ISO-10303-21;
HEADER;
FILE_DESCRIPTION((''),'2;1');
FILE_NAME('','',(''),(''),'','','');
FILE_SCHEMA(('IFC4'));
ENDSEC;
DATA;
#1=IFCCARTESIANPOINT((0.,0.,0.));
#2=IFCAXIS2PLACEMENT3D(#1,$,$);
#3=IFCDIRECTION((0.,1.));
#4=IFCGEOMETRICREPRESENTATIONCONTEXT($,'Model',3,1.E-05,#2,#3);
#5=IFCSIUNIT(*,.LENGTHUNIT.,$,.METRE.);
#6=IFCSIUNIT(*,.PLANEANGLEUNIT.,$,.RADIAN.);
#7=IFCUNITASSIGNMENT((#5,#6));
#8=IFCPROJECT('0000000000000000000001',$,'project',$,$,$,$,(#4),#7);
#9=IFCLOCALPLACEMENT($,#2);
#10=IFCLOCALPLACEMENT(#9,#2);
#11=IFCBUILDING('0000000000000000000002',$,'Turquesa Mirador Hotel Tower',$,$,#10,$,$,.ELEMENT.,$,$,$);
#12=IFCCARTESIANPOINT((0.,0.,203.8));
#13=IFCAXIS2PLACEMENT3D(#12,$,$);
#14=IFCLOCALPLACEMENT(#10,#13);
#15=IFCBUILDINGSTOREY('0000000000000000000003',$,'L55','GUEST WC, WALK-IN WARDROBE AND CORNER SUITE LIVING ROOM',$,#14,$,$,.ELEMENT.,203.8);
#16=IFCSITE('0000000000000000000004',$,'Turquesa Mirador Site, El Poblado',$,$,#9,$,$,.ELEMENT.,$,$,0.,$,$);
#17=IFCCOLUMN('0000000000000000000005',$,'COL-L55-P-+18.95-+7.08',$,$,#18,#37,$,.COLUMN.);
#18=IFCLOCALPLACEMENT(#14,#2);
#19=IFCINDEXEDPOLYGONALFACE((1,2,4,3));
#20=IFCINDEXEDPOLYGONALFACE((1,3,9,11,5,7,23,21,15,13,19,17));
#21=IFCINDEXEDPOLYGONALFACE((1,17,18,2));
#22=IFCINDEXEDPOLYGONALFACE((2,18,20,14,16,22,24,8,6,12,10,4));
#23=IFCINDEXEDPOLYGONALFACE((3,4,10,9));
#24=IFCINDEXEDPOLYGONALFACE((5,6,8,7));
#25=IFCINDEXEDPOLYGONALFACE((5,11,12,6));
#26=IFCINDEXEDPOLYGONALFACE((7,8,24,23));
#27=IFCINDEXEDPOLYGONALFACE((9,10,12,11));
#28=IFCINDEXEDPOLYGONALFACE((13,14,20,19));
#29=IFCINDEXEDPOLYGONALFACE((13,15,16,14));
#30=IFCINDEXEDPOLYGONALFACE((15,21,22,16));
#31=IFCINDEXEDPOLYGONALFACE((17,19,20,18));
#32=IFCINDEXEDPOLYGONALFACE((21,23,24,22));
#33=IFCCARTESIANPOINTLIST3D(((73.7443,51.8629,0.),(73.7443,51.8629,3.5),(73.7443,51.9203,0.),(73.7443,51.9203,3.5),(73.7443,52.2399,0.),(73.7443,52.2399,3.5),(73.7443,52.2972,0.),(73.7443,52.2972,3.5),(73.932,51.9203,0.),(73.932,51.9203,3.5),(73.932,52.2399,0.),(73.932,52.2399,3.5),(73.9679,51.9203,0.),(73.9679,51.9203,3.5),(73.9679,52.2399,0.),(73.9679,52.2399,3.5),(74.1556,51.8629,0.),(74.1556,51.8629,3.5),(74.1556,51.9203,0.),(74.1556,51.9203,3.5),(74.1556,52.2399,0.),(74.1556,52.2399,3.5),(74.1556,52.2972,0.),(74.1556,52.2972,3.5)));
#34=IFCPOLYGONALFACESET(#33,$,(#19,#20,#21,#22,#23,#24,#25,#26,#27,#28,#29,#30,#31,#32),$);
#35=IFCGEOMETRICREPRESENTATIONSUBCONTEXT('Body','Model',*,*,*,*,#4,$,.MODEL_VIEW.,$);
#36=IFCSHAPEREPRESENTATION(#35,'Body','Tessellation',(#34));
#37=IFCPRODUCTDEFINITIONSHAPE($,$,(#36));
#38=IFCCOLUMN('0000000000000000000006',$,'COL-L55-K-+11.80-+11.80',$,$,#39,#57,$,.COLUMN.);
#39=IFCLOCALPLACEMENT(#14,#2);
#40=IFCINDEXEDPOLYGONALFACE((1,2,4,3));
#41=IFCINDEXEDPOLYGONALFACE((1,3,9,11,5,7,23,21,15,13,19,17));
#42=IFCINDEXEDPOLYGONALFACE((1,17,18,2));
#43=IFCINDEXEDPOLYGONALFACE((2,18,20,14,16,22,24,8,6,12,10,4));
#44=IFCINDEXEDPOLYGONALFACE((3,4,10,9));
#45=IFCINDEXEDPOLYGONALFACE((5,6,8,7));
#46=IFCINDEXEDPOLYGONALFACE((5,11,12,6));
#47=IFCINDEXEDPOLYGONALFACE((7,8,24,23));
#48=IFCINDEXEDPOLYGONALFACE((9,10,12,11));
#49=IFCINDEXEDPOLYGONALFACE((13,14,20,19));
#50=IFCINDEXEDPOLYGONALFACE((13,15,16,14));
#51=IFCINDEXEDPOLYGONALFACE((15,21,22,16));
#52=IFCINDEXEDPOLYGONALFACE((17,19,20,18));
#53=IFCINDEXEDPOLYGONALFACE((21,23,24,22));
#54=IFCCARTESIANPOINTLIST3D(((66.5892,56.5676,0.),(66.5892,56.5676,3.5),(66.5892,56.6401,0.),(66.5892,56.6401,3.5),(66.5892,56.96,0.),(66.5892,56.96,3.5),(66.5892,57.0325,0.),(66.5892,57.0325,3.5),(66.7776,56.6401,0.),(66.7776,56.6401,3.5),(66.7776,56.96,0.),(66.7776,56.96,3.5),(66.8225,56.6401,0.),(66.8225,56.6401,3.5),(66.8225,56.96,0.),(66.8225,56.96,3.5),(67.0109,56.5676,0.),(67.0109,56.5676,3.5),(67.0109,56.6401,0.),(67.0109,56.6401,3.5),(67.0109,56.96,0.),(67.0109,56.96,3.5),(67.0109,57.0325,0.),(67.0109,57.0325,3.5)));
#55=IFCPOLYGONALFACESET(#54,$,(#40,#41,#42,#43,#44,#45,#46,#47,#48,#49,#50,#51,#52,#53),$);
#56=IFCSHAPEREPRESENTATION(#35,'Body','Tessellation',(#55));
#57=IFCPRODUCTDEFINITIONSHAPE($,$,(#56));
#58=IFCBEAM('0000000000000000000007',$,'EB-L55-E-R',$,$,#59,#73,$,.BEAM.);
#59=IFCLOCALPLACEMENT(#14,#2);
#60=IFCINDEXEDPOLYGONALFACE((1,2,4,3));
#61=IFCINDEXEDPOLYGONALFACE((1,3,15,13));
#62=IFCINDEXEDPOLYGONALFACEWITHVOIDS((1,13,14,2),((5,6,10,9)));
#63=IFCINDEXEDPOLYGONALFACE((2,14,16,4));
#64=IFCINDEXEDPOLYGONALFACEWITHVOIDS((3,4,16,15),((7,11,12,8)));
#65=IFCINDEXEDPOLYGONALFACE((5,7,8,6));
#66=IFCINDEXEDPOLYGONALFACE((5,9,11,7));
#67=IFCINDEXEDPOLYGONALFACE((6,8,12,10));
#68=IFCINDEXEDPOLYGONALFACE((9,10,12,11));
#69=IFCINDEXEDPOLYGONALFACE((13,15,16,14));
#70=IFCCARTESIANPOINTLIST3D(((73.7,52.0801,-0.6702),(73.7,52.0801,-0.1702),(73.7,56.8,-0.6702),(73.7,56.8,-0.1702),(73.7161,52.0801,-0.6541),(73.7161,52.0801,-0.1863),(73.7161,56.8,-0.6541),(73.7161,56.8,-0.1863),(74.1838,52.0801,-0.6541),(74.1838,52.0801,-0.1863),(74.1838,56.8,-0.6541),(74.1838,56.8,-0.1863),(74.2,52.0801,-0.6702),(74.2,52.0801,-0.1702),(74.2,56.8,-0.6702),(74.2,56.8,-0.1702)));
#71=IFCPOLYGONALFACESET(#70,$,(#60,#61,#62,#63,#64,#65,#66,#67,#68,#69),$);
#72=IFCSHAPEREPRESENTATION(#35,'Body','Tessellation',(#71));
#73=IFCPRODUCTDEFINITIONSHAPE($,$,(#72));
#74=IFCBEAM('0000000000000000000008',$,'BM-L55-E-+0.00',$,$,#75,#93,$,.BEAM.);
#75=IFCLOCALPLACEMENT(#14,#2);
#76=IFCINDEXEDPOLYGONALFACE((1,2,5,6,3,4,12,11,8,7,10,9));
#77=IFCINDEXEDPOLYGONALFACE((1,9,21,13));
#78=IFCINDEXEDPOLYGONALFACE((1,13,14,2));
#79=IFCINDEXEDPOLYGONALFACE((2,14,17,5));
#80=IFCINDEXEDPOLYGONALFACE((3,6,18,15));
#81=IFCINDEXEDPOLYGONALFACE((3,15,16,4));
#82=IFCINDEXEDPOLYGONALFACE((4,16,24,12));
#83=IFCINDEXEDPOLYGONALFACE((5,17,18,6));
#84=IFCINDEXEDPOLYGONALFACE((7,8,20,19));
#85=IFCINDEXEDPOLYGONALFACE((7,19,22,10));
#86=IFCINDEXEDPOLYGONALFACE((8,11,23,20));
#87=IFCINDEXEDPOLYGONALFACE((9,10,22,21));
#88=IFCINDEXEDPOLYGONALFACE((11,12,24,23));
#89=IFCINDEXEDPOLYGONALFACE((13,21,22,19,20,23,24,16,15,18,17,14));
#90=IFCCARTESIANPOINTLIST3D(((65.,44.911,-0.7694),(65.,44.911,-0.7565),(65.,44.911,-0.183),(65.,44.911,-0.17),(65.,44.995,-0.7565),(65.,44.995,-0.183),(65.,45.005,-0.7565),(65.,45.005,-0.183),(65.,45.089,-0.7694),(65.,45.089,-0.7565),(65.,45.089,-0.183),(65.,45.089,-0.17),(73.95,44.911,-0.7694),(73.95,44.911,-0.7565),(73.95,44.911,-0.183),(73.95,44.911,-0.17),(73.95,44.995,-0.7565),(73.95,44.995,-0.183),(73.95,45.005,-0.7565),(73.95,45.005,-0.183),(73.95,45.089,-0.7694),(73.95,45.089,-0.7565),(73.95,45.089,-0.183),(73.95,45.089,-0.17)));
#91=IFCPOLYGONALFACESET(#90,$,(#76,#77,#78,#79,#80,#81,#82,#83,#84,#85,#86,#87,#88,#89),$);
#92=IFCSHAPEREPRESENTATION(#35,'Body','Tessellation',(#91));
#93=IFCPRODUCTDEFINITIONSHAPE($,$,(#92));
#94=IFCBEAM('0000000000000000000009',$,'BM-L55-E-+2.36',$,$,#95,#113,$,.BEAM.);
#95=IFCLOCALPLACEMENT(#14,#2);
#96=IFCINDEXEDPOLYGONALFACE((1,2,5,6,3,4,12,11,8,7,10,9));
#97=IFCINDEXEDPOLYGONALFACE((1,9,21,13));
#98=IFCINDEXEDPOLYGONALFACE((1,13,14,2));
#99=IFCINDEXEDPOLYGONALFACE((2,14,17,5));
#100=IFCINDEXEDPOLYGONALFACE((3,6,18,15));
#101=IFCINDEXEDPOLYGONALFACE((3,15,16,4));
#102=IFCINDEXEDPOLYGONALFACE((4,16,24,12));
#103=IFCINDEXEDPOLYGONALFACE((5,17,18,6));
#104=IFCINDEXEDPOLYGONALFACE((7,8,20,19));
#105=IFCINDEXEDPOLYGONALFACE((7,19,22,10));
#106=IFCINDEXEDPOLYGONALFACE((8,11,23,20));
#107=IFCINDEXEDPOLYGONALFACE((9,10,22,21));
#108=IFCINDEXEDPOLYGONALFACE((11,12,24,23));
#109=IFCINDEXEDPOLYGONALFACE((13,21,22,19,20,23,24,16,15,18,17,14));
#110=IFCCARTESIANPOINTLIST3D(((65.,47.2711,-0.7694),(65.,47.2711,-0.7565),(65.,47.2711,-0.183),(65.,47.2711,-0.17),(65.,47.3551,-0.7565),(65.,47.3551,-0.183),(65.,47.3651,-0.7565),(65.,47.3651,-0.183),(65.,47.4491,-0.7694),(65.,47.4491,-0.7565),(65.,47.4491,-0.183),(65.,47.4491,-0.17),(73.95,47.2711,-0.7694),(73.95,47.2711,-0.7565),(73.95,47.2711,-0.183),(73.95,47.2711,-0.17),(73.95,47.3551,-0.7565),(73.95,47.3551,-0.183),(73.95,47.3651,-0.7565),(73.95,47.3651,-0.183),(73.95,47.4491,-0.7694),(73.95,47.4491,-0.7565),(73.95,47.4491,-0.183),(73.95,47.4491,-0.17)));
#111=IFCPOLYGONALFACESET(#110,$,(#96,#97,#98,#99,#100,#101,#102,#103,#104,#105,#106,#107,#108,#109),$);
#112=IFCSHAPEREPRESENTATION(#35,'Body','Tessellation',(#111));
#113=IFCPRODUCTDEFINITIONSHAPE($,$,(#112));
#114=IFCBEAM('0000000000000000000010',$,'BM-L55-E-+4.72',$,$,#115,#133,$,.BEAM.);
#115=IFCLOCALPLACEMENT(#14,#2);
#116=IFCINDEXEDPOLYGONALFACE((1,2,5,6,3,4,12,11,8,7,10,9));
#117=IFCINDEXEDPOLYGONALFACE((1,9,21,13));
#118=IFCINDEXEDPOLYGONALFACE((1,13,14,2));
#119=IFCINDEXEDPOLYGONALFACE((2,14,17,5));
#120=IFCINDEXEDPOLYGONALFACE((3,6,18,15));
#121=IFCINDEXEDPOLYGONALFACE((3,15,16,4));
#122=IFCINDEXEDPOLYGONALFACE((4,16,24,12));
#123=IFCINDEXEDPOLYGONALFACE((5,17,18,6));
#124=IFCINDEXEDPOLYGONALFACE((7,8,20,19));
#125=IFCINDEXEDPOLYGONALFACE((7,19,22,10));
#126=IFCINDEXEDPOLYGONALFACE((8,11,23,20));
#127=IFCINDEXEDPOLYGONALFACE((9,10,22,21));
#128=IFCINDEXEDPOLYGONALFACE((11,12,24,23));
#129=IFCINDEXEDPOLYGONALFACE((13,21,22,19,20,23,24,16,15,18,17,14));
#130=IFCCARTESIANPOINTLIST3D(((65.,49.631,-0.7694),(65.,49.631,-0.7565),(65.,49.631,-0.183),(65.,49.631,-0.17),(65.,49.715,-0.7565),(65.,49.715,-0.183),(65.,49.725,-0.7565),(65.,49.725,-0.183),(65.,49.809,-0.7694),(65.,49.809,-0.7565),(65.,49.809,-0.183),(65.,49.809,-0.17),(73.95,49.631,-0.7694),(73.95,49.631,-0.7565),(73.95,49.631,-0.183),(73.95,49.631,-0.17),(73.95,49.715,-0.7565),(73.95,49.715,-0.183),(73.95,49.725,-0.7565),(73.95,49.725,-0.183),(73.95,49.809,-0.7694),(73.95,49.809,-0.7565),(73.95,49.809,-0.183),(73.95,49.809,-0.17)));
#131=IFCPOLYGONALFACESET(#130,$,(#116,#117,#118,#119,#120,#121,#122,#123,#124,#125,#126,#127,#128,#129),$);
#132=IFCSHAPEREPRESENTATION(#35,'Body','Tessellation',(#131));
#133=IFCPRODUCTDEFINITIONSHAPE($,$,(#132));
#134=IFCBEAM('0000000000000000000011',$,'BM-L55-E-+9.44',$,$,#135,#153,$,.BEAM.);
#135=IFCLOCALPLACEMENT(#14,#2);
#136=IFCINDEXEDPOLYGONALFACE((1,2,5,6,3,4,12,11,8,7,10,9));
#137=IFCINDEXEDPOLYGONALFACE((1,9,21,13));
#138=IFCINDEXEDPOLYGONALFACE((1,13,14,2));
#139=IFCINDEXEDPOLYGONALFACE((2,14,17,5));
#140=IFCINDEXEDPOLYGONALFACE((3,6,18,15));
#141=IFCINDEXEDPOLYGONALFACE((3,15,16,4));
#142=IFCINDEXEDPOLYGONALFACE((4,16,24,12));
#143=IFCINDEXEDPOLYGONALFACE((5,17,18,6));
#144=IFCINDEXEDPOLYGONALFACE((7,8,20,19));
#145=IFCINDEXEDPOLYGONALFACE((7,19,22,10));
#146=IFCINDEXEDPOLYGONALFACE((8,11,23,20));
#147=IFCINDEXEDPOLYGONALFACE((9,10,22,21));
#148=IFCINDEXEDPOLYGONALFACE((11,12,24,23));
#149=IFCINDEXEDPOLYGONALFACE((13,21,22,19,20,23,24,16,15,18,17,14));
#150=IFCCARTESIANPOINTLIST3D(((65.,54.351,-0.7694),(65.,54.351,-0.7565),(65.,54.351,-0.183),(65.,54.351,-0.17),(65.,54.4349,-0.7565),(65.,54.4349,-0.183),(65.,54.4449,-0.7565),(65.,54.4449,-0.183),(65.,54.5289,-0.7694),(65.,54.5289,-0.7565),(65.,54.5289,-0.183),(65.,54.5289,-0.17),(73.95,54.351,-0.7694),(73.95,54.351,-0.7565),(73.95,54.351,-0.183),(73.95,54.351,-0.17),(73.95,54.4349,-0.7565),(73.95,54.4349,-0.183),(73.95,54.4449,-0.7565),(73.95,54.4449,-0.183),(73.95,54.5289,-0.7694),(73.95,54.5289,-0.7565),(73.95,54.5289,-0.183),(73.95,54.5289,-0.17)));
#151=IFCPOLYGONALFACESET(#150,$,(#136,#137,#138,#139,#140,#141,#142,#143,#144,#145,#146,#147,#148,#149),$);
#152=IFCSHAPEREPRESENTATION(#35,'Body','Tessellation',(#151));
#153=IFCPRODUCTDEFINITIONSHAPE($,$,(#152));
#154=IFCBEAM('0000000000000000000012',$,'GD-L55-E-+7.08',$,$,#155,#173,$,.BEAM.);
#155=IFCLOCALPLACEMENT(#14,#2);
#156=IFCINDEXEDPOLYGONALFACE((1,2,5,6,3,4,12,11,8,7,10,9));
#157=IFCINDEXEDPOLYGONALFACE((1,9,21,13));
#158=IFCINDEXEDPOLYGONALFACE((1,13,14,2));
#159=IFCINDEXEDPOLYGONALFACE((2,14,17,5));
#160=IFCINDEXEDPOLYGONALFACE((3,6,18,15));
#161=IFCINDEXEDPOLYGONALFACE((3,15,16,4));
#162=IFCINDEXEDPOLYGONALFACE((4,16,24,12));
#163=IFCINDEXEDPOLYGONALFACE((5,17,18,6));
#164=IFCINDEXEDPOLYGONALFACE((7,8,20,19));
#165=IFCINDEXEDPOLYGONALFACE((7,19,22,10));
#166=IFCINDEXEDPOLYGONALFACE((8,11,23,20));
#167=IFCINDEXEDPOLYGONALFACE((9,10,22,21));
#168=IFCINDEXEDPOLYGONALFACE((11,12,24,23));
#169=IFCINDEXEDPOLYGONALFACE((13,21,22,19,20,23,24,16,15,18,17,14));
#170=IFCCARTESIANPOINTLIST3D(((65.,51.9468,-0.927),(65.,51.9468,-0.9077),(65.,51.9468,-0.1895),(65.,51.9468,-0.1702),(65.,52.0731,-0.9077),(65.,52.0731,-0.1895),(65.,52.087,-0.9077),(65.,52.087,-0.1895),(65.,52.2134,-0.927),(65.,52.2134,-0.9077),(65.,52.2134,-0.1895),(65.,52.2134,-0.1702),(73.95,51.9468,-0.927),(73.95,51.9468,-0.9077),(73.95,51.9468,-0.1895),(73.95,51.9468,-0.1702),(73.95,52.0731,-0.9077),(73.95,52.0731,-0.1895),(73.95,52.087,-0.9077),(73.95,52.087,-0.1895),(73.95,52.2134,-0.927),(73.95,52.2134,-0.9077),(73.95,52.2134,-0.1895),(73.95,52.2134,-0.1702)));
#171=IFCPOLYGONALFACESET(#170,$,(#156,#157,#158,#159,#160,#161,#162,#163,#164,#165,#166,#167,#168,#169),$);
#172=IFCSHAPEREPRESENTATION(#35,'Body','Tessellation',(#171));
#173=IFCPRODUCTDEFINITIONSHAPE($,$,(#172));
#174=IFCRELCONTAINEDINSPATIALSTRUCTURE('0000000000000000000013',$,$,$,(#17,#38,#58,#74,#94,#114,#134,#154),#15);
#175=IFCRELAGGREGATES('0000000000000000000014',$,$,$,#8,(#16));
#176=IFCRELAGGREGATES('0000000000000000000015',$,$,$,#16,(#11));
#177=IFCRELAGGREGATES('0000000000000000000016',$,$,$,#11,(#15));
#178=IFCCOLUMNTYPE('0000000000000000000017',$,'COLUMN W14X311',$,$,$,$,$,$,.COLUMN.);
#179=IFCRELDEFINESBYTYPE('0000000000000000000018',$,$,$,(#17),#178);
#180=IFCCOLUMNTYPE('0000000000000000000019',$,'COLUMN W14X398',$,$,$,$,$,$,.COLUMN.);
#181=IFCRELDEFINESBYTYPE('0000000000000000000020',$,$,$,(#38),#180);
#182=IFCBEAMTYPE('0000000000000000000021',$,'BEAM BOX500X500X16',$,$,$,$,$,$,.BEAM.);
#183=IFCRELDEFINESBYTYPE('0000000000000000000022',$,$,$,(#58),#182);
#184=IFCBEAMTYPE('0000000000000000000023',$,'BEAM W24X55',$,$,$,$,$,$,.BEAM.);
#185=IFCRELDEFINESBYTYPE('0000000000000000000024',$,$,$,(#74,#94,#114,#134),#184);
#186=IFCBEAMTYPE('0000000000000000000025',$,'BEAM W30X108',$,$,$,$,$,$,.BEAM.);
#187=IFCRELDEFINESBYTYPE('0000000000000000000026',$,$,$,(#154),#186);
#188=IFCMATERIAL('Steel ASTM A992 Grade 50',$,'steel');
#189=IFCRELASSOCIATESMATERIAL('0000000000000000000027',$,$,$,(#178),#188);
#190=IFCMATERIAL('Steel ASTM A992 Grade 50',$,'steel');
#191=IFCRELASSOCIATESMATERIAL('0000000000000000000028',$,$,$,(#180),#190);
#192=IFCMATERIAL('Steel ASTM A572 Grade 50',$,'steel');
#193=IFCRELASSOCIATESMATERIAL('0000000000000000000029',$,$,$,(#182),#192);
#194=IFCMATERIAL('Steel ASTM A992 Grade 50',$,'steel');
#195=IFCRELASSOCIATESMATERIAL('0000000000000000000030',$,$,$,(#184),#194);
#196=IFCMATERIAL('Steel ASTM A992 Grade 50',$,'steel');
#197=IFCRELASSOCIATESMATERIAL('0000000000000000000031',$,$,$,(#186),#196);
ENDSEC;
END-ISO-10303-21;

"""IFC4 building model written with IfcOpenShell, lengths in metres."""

from ifc_helpers import new_model, si_unit, direction, frame, origin, origin_2d, place, context, subcontext, project, spatial, hollow_rectangle, i_section, extrude, material, material_profile, profile_set, type_object, element, save


model = new_model("IFC4")

# Units and contexts
model_context = context("Model", 3, precision=1e-05, world=origin(), true_north=direction((0.0, 1.0)))
body_context = subcontext(model_context, "Body", "Model", "MODEL_VIEW")
ifc_project = project(units=[si_unit("LENGTHUNIT", "METRE"), si_unit("PLANEANGLEUNIT", "RADIAN")], contexts=[model_context])

# Site, building, storey
site_placement = place(None, origin())
site = spatial("IfcSite", under=ifc_project, at=site_placement, Name="Turquesa Mirador Site, El Poblado", CompositionType="ELEMENT", RefElevation=0.0)
building_placement = place(site_placement, origin())
building = spatial("IfcBuilding", under=site, at=building_placement, Name="Turquesa Mirador Hotel Tower", CompositionType="ELEMENT")
storey_placement = place(building_placement, frame((0.0, 0.0, 203.8)))
storey = spatial("IfcBuildingStorey", under=building, at=storey_placement, Name="L55", Description="GUEST WC, WALK-IN WARDROBE AND CORNER SUITE LIVING ROOM", CompositionType="ELEMENT", Elevation=203.8)

# Columns
ifc_material_1 = material(Name="Steel ASTM A992 Grade 50", Category="steel")
ifc_material_profile_1 = material_profile(ifc_material_1, i_section(OverallWidth=0.4114, OverallDepth=0.4343, WebThickness=0.0359, FlangeThickness=0.0574, at=origin_2d()), Name="W14X311")
ifc_profile_set_1 = profile_set([ifc_material_profile_1], Name="Steel ASTM A992 Grade 50")
column_type_1 = type_object("IfcColumnType", Name="COLUMN W14X311", PredefinedType="COLUMN", material=ifc_profile_set_1)
column_1_placement = place(storey_placement, frame((73.95, 52.0801, 0.0), z_axis=(0.0, 0.0, 1.0), x_axis=(1.0, 0.0, 0.0)))
element("IfcColumn", 1, at=column_1_placement, inside=storey, type_object=column_type_1, Name="COL-L55-P-+18.95-+7.08", PredefinedType="COLUMN", context=body_context, shape_type="SweptSolid", body=[
    extrude(i_section(OverallWidth=0.4114, OverallDepth=0.4343, WebThickness=0.0359, FlangeThickness=0.0574, at=origin_2d()), origin(), (0.0, 0.0, 1.0), 3.5),
])
ifc_material_2 = material(Name="Steel ASTM A992 Grade 50", Category="steel")
ifc_material_profile_2 = material_profile(ifc_material_2, i_section(OverallWidth=0.4216, OverallDepth=0.4648, WebThickness=0.0449, FlangeThickness=0.0725, at=origin_2d()), Name="W14X398")
ifc_profile_set_2 = profile_set([ifc_material_profile_2], Name="Steel ASTM A992 Grade 50")
column_type_2 = type_object("IfcColumnType", Name="COLUMN W14X398", PredefinedType="COLUMN", material=ifc_profile_set_2)
column_2_placement = place(storey_placement, frame((66.8, 56.8, 0.0), z_axis=(0.0, 0.0, 1.0), x_axis=(1.0, 0.0, 0.0)))
element("IfcColumn", 2, at=column_2_placement, inside=storey, type_object=column_type_2, Name="COL-L55-K-+11.80-+11.80", PredefinedType="COLUMN", context=body_context, shape_type="SweptSolid", body=[
    extrude(i_section(OverallWidth=0.4216, OverallDepth=0.4648, WebThickness=0.0449, FlangeThickness=0.0725, at=origin_2d()), origin(), (0.0, 0.0, 1.0), 3.5),
])

# Beams
ifc_material_3 = material(Name="Steel ASTM A572 Grade 50", Category="steel")
ifc_material_profile_3 = material_profile(ifc_material_3, hollow_rectangle(XDim=0.5, YDim=0.5, WallThickness=0.0161, at=origin_2d()), Name="BOX500X500X16")
ifc_profile_set_3 = profile_set([ifc_material_profile_3], Name="Steel ASTM A572 Grade 50")
beam_type_1 = type_object("IfcBeamType", Name="BEAM BOX500X500X16", PredefinedType="BEAM", material=ifc_profile_set_3)
beam_1_placement = place(storey_placement, frame((73.95, 52.0801, -0.4202), z_axis=(0.0, 1.0, 0.0), x_axis=(-1.0, 0.0, 0.0)))
element("IfcBeam", 3, at=beam_1_placement, inside=storey, type_object=beam_type_1, Name="EB-L55-E-R", PredefinedType="BEAM", context=body_context, shape_type="SweptSolid", body=[
    extrude(hollow_rectangle(XDim=0.5, YDim=0.5, WallThickness=0.0161, at=origin_2d()), origin(), (0.0, 0.0, 1.0), 4.72),
])
ifc_material_4 = material(Name="Steel ASTM A992 Grade 50", Category="steel")
ifc_material_profile_4 = material_profile(ifc_material_4, i_section(OverallWidth=0.178, OverallDepth=0.5994, WebThickness=0.01, FlangeThickness=0.0129, at=origin_2d()), Name="W24X55")
ifc_profile_set_4 = profile_set([ifc_material_profile_4], Name="Steel ASTM A992 Grade 50")
beam_type_2 = type_object("IfcBeamType", Name="BEAM W24X55", PredefinedType="BEAM", material=ifc_profile_set_4)
for number, where, z_axis, x_axis, name in (
    (4, (73.95, 45.0, -0.4697), (-1.0, 0.0, 0.0), (0.0, -1.0, 0.0), "BM-L55-E-+0.00"),
    (5, (73.95, 47.3601, -0.4697), (-1.0, 0.0, 0.0), (0.0, -1.0, 0.0), "BM-L55-E-+2.36"),
    (6, (73.95, 49.72, -0.4697), (-1.0, 0.0, 0.0), (0.0, -1.0, 0.0), "BM-L55-E-+4.72"),
    (7, (73.95, 54.4399, -0.4697), (-1.0, 0.0, 0.0), (0.0, -1.0, 0.0), "BM-L55-E-+9.44"),
):
    element("IfcBeam", number, at=place(storey_placement, frame(where, z_axis=z_axis, x_axis=x_axis)), inside=storey, type_object=beam_type_2, Name=name, PredefinedType="BEAM", context=body_context, shape_type="SweptSolid", body=[
        extrude(i_section(OverallWidth=0.178, OverallDepth=0.5994, WebThickness=0.01, FlangeThickness=0.0129, at=origin_2d()), origin(), (0.0, 0.0, 1.0), 8.95),
    ])
ifc_material_5 = material(Name="Steel ASTM A992 Grade 50", Category="steel")
ifc_material_profile_5 = material_profile(ifc_material_5, i_section(OverallWidth=0.2666, OverallDepth=0.7568, WebThickness=0.0139, FlangeThickness=0.0193, at=origin_2d()), Name="W30X108")
ifc_profile_set_5 = profile_set([ifc_material_profile_5], Name="Steel ASTM A992 Grade 50")
beam_type_3 = type_object("IfcBeamType", Name="BEAM W30X108", PredefinedType="BEAM", material=ifc_profile_set_5)
beam_2_placement = place(storey_placement, frame((73.95, 52.0801, -0.5486), z_axis=(-1.0, 0.0, 0.0), x_axis=(0.0, -1.0, 0.0)))
element("IfcBeam", 8, at=beam_2_placement, inside=storey, type_object=beam_type_3, Name="GD-L55-E-+7.08", PredefinedType="BEAM", context=body_context, shape_type="SweptSolid", body=[
    extrude(i_section(OverallWidth=0.2666, OverallDepth=0.7568, WebThickness=0.0139, FlangeThickness=0.0193, at=origin_2d()), origin(), (0.0, 0.0, 1.0), 8.95),
])

save(model, "model.ifc")
